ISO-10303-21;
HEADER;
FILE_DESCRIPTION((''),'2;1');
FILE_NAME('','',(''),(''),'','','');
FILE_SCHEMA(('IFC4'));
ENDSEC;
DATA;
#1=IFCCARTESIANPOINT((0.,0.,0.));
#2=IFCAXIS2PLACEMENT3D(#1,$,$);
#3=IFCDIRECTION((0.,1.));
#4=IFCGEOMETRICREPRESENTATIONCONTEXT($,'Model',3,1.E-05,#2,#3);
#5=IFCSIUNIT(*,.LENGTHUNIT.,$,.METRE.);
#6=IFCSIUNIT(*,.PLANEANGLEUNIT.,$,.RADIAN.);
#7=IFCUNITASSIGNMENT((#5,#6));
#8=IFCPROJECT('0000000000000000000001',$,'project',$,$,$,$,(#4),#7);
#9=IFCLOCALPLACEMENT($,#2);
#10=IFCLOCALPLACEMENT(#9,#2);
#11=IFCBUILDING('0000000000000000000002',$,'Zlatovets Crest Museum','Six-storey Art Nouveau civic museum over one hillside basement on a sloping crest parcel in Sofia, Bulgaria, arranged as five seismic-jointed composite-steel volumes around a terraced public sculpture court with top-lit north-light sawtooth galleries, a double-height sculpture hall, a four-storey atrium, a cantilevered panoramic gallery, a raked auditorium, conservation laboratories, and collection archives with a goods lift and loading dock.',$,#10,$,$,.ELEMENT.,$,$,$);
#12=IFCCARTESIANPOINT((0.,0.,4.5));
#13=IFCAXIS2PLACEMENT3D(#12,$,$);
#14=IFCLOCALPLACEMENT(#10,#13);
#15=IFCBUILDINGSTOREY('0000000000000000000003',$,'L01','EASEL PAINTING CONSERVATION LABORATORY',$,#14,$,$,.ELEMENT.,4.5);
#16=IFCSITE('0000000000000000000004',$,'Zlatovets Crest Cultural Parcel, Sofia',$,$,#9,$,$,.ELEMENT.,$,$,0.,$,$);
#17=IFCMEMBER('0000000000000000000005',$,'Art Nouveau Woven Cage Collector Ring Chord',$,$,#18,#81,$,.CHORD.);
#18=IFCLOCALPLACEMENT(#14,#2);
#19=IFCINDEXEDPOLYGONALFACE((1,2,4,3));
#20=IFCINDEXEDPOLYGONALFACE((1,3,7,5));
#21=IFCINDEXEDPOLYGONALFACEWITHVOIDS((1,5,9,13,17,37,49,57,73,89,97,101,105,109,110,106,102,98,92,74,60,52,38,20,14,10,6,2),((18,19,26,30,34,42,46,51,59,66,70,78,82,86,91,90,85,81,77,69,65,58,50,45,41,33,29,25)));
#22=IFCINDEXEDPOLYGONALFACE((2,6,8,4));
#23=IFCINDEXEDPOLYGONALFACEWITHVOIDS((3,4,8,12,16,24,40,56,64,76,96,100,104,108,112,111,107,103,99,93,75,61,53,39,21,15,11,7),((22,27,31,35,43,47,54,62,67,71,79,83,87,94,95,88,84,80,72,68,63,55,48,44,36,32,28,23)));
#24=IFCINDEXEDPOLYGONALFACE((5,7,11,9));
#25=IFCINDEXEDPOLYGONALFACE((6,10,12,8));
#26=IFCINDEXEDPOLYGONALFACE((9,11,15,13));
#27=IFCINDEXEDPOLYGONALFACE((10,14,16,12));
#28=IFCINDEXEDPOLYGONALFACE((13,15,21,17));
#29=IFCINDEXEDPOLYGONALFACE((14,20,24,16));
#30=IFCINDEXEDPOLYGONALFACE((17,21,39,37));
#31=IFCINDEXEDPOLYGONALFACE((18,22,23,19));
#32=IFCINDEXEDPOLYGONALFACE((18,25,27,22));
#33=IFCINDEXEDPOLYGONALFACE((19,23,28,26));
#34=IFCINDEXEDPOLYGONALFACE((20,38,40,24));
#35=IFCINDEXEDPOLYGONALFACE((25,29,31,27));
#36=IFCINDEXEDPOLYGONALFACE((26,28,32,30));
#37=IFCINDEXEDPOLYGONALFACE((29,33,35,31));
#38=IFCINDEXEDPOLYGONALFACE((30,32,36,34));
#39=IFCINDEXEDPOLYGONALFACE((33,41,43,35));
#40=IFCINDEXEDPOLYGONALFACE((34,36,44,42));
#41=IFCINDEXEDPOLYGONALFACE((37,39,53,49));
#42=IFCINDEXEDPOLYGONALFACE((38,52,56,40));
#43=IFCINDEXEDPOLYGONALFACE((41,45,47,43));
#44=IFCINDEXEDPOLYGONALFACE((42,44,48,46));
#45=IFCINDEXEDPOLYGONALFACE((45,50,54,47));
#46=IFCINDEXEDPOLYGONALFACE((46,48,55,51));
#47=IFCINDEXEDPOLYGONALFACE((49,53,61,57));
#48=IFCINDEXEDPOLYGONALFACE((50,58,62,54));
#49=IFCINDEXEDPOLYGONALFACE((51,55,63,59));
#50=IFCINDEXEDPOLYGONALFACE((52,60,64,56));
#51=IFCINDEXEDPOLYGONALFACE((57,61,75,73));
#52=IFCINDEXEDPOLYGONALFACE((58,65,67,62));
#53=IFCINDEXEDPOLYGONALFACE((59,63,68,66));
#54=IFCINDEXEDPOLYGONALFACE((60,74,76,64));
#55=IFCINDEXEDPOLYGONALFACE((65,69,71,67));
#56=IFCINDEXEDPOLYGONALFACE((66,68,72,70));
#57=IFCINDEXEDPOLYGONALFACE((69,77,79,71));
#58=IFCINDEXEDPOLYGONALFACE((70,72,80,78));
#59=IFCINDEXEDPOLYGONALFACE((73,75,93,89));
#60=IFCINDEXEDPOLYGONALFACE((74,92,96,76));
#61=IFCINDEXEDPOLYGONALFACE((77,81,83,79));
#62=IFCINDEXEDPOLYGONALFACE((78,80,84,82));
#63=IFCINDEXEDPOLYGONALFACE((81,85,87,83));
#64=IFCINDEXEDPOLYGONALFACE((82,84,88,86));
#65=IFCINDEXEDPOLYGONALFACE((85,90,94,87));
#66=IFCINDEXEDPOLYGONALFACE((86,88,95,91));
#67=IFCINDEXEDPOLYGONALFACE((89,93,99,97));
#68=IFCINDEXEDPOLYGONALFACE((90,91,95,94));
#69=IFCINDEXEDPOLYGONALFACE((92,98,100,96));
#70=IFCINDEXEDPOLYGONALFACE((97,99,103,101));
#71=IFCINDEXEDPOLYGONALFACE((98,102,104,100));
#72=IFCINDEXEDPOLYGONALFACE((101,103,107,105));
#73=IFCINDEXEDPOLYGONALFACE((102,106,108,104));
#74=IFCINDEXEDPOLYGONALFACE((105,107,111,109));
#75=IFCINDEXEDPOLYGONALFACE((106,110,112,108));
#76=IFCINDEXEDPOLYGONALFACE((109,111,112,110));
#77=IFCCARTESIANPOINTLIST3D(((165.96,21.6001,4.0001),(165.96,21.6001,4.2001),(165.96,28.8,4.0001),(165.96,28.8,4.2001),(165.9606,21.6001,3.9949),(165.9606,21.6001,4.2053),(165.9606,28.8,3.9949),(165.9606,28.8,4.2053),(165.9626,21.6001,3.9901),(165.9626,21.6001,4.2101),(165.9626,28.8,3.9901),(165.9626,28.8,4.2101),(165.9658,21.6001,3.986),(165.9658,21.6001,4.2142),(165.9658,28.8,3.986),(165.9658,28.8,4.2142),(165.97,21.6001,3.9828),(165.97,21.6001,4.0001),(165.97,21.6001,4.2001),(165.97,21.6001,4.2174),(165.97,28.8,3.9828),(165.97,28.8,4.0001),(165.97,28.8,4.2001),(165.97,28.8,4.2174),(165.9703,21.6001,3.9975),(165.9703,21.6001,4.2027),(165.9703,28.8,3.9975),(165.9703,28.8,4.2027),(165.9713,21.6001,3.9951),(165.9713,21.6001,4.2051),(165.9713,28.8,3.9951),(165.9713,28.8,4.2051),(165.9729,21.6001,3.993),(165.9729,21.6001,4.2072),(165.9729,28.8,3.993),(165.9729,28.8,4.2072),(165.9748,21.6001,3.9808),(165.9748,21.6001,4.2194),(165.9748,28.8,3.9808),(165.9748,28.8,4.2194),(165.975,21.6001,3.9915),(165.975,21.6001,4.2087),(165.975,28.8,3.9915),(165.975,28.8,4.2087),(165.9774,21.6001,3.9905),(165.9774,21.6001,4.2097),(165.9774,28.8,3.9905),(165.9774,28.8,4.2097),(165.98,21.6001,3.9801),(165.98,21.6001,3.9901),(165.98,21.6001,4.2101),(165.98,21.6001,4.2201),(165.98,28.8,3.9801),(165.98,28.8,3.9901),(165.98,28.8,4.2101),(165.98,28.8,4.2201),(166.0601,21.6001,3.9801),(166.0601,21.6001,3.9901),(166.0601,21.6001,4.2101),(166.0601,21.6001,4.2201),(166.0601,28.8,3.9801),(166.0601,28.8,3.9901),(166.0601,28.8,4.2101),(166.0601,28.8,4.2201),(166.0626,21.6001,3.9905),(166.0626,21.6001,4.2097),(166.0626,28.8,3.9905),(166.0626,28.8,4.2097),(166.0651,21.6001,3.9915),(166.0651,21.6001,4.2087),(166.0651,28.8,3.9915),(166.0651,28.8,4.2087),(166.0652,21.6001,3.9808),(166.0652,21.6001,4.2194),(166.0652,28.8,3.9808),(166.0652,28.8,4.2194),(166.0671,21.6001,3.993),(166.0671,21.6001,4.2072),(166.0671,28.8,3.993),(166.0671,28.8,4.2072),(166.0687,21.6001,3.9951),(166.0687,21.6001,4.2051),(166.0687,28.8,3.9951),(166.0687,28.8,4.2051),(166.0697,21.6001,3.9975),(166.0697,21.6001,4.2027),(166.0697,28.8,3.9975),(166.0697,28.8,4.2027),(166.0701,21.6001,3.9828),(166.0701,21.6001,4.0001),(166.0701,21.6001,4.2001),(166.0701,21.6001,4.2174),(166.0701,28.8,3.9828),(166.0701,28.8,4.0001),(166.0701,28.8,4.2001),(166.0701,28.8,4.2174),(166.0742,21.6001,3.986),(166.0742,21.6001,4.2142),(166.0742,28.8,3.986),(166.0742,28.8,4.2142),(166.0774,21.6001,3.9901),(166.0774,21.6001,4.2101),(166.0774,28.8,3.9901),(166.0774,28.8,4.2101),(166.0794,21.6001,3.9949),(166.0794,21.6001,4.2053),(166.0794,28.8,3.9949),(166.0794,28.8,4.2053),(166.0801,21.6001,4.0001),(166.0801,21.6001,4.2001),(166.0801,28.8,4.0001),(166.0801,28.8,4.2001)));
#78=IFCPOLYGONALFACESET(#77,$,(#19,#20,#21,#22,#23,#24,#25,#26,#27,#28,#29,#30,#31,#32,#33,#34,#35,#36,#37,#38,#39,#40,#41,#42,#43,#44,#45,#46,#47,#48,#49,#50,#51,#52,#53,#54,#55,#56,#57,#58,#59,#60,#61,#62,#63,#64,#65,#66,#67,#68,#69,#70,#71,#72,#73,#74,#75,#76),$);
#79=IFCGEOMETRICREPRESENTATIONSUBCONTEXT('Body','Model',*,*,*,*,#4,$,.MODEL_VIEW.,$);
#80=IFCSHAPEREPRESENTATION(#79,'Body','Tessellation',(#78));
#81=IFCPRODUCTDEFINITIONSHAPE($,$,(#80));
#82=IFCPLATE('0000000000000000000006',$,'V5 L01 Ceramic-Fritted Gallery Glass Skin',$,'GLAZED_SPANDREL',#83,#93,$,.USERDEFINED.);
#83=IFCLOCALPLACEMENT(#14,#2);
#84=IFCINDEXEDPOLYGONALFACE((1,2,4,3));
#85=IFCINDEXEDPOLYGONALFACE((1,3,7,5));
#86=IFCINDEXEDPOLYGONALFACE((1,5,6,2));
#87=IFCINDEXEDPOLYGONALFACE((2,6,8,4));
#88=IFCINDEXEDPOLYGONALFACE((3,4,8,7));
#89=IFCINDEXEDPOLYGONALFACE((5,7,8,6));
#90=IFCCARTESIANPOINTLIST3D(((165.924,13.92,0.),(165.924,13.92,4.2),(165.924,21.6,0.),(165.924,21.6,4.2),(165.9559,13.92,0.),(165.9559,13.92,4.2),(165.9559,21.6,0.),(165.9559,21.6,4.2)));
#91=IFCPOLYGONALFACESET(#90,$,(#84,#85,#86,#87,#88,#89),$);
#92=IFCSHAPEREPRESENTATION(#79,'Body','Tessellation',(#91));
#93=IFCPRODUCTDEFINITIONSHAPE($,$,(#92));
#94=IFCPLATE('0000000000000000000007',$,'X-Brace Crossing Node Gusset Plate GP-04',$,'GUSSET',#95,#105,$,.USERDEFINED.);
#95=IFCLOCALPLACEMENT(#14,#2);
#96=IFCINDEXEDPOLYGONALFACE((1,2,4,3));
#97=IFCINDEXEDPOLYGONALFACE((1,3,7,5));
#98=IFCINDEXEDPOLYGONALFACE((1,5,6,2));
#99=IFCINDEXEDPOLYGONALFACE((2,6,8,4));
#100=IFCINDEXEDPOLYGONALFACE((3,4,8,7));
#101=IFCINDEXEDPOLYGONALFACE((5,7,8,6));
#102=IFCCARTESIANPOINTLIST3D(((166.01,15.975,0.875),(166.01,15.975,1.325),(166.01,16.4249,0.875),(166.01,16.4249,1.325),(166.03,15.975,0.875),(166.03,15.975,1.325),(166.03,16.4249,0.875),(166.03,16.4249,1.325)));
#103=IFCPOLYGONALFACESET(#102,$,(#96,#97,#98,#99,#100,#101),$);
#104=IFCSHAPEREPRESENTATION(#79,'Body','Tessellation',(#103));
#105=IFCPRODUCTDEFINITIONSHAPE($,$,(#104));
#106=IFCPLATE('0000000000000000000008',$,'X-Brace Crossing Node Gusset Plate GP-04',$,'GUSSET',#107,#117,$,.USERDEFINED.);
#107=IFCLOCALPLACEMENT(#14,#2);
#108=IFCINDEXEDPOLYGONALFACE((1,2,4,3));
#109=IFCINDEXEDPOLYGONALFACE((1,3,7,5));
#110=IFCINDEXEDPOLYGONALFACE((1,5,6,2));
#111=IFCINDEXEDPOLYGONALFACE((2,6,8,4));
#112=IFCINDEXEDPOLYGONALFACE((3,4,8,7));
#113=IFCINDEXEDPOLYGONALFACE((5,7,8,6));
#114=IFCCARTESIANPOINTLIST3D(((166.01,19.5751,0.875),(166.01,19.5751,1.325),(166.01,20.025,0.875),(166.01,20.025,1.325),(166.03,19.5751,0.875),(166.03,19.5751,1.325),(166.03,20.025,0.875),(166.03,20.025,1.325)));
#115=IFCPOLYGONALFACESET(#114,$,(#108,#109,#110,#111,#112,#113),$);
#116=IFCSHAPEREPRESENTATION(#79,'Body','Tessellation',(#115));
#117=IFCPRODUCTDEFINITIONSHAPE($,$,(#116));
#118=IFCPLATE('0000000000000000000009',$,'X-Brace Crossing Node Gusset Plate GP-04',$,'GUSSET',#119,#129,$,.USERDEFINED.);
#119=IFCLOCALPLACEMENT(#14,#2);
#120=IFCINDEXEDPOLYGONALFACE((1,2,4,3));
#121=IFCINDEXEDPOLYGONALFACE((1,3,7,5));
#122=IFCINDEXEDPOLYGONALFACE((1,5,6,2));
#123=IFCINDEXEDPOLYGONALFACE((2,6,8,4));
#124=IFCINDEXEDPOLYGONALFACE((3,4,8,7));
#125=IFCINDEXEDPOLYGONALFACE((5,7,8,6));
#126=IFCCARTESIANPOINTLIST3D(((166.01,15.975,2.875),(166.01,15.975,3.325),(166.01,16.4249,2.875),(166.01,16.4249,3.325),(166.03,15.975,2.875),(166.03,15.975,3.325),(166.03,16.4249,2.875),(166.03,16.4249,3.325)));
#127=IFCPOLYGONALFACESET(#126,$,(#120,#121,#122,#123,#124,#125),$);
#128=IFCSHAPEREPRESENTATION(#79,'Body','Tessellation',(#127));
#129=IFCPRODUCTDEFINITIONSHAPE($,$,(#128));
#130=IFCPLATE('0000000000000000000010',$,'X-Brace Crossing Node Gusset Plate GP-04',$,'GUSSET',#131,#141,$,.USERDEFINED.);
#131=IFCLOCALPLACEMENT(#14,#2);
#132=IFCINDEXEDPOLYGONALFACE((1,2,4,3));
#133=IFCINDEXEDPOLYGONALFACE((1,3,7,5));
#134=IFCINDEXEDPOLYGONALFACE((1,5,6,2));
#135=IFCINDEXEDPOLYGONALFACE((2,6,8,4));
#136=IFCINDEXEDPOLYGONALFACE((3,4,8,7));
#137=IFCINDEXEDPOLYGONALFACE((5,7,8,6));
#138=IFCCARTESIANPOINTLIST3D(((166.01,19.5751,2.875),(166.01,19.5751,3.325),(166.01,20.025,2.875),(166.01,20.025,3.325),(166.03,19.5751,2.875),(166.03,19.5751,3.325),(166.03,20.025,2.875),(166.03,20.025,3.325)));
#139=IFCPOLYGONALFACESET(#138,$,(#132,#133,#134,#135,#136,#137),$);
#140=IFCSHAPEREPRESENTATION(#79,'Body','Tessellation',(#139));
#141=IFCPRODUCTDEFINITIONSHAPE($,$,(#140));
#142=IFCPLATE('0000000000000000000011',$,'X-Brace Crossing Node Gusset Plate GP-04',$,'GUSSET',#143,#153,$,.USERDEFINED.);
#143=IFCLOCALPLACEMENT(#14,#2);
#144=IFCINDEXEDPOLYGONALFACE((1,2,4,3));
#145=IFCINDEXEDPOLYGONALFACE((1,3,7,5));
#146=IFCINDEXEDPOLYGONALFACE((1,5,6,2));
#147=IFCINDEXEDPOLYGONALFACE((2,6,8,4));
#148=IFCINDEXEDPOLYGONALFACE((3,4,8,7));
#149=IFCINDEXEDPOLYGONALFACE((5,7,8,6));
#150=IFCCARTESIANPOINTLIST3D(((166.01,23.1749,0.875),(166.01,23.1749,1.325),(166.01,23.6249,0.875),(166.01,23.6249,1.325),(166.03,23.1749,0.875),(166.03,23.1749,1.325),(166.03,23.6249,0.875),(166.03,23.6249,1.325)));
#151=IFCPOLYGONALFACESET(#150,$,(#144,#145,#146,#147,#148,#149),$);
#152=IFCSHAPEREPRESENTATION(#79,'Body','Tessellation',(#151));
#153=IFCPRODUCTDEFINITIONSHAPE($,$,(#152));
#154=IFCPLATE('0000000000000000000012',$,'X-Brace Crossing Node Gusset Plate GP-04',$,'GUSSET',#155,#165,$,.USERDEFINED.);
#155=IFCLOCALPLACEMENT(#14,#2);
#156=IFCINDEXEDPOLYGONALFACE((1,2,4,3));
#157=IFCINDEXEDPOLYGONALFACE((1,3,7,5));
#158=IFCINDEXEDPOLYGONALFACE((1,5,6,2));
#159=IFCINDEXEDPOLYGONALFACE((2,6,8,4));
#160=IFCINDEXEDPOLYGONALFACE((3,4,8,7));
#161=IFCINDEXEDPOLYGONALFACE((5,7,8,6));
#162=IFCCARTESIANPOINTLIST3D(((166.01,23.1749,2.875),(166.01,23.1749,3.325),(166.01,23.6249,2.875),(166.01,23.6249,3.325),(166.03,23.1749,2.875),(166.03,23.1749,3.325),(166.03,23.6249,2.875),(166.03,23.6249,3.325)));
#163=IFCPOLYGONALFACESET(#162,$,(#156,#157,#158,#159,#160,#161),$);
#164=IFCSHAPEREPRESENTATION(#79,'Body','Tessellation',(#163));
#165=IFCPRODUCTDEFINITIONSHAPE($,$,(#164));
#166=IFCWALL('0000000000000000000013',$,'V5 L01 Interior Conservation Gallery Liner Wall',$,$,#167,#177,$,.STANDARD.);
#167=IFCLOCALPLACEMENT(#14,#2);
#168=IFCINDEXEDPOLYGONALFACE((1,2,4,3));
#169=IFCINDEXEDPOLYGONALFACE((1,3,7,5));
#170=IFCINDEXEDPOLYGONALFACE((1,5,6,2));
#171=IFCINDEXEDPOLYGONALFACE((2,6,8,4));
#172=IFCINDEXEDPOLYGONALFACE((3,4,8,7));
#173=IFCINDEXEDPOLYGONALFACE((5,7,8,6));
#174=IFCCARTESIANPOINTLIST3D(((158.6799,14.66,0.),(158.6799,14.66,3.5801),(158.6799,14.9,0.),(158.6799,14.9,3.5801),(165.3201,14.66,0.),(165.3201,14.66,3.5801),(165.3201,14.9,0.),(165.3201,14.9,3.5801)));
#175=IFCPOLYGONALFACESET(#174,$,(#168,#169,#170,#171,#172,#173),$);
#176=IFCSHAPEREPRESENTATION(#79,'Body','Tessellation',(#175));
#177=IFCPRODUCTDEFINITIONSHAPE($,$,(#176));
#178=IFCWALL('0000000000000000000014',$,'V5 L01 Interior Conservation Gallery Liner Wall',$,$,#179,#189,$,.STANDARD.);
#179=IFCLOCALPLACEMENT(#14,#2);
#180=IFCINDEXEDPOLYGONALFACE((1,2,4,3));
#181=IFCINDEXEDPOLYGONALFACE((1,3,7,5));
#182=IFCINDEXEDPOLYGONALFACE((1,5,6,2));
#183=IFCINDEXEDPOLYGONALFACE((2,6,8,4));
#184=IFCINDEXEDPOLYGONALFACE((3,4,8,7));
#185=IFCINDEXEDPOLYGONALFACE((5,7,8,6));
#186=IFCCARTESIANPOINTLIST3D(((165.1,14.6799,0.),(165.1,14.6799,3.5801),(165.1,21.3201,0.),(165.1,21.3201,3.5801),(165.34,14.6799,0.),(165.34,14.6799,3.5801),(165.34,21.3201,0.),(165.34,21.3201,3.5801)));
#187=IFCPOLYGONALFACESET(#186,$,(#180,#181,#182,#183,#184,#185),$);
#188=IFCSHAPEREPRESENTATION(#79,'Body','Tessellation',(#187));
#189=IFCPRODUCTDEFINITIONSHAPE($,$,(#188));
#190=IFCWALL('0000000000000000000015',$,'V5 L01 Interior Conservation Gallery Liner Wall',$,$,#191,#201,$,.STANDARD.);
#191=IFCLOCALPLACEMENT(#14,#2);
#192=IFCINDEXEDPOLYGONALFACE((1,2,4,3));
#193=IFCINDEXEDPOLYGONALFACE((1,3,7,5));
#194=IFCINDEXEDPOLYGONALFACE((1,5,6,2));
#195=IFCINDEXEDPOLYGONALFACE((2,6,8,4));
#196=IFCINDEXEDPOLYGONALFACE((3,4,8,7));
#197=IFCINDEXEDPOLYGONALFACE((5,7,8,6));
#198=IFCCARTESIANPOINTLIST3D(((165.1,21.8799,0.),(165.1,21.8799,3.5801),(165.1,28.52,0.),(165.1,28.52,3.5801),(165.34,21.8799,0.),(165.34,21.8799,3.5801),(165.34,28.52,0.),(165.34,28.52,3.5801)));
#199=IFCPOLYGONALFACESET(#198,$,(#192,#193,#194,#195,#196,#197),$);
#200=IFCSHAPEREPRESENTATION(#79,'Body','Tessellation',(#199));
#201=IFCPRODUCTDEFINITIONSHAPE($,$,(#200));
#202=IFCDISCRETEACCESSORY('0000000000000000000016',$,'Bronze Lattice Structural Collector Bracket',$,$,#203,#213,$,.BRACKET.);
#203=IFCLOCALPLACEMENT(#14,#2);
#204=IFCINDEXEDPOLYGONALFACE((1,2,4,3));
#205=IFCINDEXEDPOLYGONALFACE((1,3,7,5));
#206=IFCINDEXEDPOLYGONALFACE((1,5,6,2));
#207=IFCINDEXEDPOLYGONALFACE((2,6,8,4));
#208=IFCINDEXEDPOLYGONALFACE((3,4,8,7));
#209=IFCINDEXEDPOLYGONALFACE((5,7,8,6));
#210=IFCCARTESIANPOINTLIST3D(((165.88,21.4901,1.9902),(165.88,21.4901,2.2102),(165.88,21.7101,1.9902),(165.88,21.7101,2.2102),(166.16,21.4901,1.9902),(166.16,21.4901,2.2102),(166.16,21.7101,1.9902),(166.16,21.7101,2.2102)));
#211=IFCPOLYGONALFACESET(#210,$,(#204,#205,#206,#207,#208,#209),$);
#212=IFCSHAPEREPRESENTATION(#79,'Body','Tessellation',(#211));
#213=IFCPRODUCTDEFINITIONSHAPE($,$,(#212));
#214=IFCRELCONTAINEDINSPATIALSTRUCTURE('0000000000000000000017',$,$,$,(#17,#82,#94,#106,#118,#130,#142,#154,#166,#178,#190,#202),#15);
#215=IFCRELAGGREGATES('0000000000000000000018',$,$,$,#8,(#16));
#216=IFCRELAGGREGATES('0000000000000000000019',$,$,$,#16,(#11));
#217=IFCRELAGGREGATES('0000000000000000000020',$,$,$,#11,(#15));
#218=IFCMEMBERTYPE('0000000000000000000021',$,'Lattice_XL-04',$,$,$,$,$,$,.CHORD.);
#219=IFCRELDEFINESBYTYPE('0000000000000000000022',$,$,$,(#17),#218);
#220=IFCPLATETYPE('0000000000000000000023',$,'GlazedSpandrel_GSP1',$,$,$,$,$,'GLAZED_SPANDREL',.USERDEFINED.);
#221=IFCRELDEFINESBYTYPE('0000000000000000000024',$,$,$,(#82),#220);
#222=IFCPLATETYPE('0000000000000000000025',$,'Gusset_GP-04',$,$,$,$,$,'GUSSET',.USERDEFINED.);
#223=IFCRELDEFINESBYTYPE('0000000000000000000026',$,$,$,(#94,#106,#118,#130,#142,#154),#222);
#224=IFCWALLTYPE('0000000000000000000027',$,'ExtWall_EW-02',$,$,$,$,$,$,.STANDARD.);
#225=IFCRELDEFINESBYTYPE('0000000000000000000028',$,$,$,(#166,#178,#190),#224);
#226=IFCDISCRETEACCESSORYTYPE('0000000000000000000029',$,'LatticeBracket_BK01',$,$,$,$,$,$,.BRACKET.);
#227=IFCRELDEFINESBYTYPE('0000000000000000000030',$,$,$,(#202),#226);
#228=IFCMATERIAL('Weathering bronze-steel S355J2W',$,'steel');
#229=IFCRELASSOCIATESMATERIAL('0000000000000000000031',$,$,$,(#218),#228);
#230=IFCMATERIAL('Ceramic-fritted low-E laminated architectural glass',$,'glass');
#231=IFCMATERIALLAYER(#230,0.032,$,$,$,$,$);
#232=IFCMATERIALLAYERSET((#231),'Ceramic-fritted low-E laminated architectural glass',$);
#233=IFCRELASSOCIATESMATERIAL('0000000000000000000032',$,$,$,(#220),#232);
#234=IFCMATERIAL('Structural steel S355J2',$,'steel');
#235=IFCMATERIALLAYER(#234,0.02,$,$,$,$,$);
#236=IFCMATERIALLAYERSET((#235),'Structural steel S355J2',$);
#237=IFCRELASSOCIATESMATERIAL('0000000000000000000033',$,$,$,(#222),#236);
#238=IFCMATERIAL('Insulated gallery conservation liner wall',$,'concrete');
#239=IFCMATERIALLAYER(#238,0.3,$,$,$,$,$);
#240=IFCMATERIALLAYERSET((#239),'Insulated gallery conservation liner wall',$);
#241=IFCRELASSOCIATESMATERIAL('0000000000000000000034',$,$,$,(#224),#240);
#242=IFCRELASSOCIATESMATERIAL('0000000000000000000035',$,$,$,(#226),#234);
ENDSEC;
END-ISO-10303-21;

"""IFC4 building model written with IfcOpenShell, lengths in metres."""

from ifc_helpers import new_model, si_unit, direction, frame, frame_2d, origin, origin_2d, place, context, subcontext, project, spatial, rectangle, hollow_rectangle, extrude, material, layer, layer_set, material_profile, profile_set, type_object, element, save


model = new_model("IFC4")

# Units and contexts
model_context = context("Model", 3, precision=1e-05, world=origin(), true_north=direction((0.0, 1.0)))
body_context = subcontext(model_context, "Body", "Model", "MODEL_VIEW")
ifc_project = project(units=[si_unit("LENGTHUNIT", "METRE"), si_unit("PLANEANGLEUNIT", "RADIAN")], contexts=[model_context])

# Site, building, storey
site_placement = place(None, origin())
site = spatial("IfcSite", under=ifc_project, at=site_placement, Name="Zlatovets Crest Cultural Parcel, Sofia", CompositionType="ELEMENT", RefElevation=0.0)
building_placement = place(site_placement, origin())
building = spatial("IfcBuilding", under=site, at=building_placement, Name="Zlatovets Crest Museum", Description="Six-storey Art Nouveau civic museum over one hillside basement on a sloping crest parcel in Sofia, Bulgaria, arranged as five seismic-jointed composite-steel volumes around a terraced public sculpture court with top-lit north-light sawtooth galleries, a double-height sculpture hall, a four-storey atrium, a cantilevered panoramic gallery, a raked auditorium, conservation laboratories, and collection archives with a goods lift and loading dock.", CompositionType="ELEMENT")
storey_placement = place(building_placement, frame((0.0, 0.0, 4.5)))
storey = spatial("IfcBuildingStorey", under=building, at=storey_placement, Name="L01", Description="EASEL PAINTING CONSERVATION LABORATORY", CompositionType="ELEMENT", Elevation=4.5)

# Shared definitions
ifc_material_1 = material(Name="Structural steel S355J2", Category="steel")

# Member
ifc_material_2 = material(Name="Weathering bronze-steel S355J2W", Category="steel")
ifc_material_profile_1 = material_profile(ifc_material_2, hollow_rectangle(XDim=0.1201, YDim=0.24, WallThickness=0.01, InnerFilletRadius=0.01, OuterFilletRadius=0.02, at=origin_2d()), Name="RHS 120x240x10.0")
ifc_profile_set_1 = profile_set([ifc_material_profile_1], Name="Weathering bronze-steel S355J2W")
member_type_1 = type_object("IfcMemberType", Name="Lattice_XL-04", PredefinedType="CHORD", material=ifc_profile_set_1)
member_1_placement = place(storey_placement, frame((166.02, 21.6001, 4.1001), z_axis=(0.0, 1.0, 0.0), x_axis=(-1.0, 0.0, 0.0)))
element("IfcMember", 1, at=member_1_placement, inside=storey, type_object=member_type_1, Name="Art Nouveau Woven Cage Collector Ring Chord", PredefinedType="CHORD", context=body_context, shape_type="SweptSolid", body=[
    extrude(hollow_rectangle(XDim=0.1201, YDim=0.24, WallThickness=0.01, InnerFilletRadius=0.01, OuterFilletRadius=0.02, at=origin_2d()), origin(), (0.0, 0.0, 1.0), 7.2),
])

# Plates
ifc_material_3 = material(Name="Ceramic-fritted low-E laminated architectural glass", Category="glass")
ifc_layer_1 = layer(ifc_material_3, 0.032)
ifc_layer_set_1 = layer_set([ifc_layer_1], Name="Ceramic-fritted low-E laminated architectural glass")
plate_type_1 = type_object("IfcPlateType", Name="GlazedSpandrel_GSP1", ElementType="GLAZED_SPANDREL", PredefinedType="USERDEFINED", material=ifc_layer_set_1)
plate_placement = place(storey_placement, frame((165.9399, 17.76, 0.0), z_axis=(0.0, 0.0, 1.0), x_axis=(0.0, 1.0, 0.0)))
element("IfcPlate", 2, at=plate_placement, inside=storey, type_object=plate_type_1, Name="V5 L01 Ceramic-Fritted Gallery Glass Skin", ObjectType="GLAZED_SPANDREL", PredefinedType="USERDEFINED", context=body_context, shape_type="SweptSolid", body=[
    extrude(rectangle(XDim=7.6799, YDim=0.032, at=origin_2d()), origin(), (0.0, 0.0, 1.0), 4.2),
])
ifc_layer_2 = layer(ifc_material_1, 0.02)
ifc_layer_set_2 = layer_set([ifc_layer_2], Name="Structural steel S355J2")
plate_type_2 = type_object("IfcPlateType", Name="Gusset_GP-04", ElementType="GUSSET", PredefinedType="USERDEFINED", material=ifc_layer_set_2)
for number, where, z_axis, x_axis, name in (
    (3, (166.02, 16.2, 0.875), (0.0, 0.0, 1.0), (1.0, 0.0, 0.0), "X-Brace Crossing Node Gusset Plate GP-04"),
    (4, (166.02, 19.8, 0.875), (0.0, 0.0, 1.0), (1.0, 0.0, 0.0), "X-Brace Crossing Node Gusset Plate GP-04"),
    (5, (166.02, 16.2, 2.875), (0.0, 0.0, 1.0), (1.0, 0.0, 0.0), "X-Brace Crossing Node Gusset Plate GP-04"),
    (6, (166.02, 19.8, 2.875), (0.0, 0.0, 1.0), (1.0, 0.0, 0.0), "X-Brace Crossing Node Gusset Plate GP-04"),
    (7, (166.02, 23.3999, 0.875), (0.0, 0.0, 1.0), (1.0, 0.0, 0.0), "X-Brace Crossing Node Gusset Plate GP-04"),
    (8, (166.02, 23.3999, 2.875), (0.0, 0.0, 1.0), (1.0, 0.0, 0.0), "X-Brace Crossing Node Gusset Plate GP-04"),
):
    element("IfcPlate", number, at=place(storey_placement, frame(where, z_axis=z_axis, x_axis=x_axis)), inside=storey, type_object=plate_type_2, Name=name, ObjectType="GUSSET", PredefinedType="USERDEFINED", context=body_context, shape_type="SweptSolid", body=[
        extrude(rectangle(XDim=0.02, YDim=0.45, at=origin_2d()), origin(), (0.0, 0.0, 1.0), 0.45),
    ])

# Walls
ifc_material_4 = material(Name="Insulated gallery conservation liner wall", Category="concrete")
ifc_layer_3 = layer(ifc_material_4, 0.3)
ifc_layer_set_3 = layer_set([ifc_layer_3], Name="Insulated gallery conservation liner wall")
wall_type = type_object("IfcWallType", Name="ExtWall_EW-02", PredefinedType="STANDARD", material=ifc_layer_set_3)
for number, where, z_axis, x_axis, name in (
    (9, (158.6799, 14.78, 0.0), (0.0, 0.0, 1.0), (1.0, 0.0, 0.0), "V5 L01 Interior Conservation Gallery Liner Wall"),
    (10, (165.22, 14.6799, 0.0), (0.0, 0.0, 1.0), (0.0, 1.0, 0.0), "V5 L01 Interior Conservation Gallery Liner Wall"),
    (11, (165.22, 21.8799, 0.0), (0.0, 0.0, 1.0), (0.0, 1.0, 0.0), "V5 L01 Interior Conservation Gallery Liner Wall"),
):
    element("IfcWall", number, at=place(storey_placement, frame(where, z_axis=z_axis, x_axis=x_axis)), inside=storey, type_object=wall_type, Name=name, PredefinedType="STANDARD", context=body_context, shape_type="SweptSolid", body=[
        extrude(rectangle(XDim=6.6401, YDim=0.24, at=frame_2d((3.3201, 0.0))), origin(), (0.0, 0.0, 1.0), 3.5801),
    ])

# Discrete accessory
discrete_accessory_type = type_object("IfcDiscreteAccessoryType", Name="LatticeBracket_BK01", PredefinedType="BRACKET", material=ifc_material_1)
discrete_accessory_placement = place(storey_placement, frame((166.02, 21.6001, 1.9902), z_axis=(0.0, 0.0, 1.0), x_axis=(1.0, 0.0, 0.0)))
element("IfcDiscreteAccessory", 12, at=discrete_accessory_placement, inside=storey, type_object=discrete_accessory_type, Name="Bronze Lattice Structural Collector Bracket", PredefinedType="BRACKET", context=body_context, shape_type="SweptSolid", body=[
    extrude(rectangle(XDim=0.28, YDim=0.22, at=origin_2d()), origin(), (0.0, 0.0, 1.0), 0.22),
])

save(model, "model.ifc")
